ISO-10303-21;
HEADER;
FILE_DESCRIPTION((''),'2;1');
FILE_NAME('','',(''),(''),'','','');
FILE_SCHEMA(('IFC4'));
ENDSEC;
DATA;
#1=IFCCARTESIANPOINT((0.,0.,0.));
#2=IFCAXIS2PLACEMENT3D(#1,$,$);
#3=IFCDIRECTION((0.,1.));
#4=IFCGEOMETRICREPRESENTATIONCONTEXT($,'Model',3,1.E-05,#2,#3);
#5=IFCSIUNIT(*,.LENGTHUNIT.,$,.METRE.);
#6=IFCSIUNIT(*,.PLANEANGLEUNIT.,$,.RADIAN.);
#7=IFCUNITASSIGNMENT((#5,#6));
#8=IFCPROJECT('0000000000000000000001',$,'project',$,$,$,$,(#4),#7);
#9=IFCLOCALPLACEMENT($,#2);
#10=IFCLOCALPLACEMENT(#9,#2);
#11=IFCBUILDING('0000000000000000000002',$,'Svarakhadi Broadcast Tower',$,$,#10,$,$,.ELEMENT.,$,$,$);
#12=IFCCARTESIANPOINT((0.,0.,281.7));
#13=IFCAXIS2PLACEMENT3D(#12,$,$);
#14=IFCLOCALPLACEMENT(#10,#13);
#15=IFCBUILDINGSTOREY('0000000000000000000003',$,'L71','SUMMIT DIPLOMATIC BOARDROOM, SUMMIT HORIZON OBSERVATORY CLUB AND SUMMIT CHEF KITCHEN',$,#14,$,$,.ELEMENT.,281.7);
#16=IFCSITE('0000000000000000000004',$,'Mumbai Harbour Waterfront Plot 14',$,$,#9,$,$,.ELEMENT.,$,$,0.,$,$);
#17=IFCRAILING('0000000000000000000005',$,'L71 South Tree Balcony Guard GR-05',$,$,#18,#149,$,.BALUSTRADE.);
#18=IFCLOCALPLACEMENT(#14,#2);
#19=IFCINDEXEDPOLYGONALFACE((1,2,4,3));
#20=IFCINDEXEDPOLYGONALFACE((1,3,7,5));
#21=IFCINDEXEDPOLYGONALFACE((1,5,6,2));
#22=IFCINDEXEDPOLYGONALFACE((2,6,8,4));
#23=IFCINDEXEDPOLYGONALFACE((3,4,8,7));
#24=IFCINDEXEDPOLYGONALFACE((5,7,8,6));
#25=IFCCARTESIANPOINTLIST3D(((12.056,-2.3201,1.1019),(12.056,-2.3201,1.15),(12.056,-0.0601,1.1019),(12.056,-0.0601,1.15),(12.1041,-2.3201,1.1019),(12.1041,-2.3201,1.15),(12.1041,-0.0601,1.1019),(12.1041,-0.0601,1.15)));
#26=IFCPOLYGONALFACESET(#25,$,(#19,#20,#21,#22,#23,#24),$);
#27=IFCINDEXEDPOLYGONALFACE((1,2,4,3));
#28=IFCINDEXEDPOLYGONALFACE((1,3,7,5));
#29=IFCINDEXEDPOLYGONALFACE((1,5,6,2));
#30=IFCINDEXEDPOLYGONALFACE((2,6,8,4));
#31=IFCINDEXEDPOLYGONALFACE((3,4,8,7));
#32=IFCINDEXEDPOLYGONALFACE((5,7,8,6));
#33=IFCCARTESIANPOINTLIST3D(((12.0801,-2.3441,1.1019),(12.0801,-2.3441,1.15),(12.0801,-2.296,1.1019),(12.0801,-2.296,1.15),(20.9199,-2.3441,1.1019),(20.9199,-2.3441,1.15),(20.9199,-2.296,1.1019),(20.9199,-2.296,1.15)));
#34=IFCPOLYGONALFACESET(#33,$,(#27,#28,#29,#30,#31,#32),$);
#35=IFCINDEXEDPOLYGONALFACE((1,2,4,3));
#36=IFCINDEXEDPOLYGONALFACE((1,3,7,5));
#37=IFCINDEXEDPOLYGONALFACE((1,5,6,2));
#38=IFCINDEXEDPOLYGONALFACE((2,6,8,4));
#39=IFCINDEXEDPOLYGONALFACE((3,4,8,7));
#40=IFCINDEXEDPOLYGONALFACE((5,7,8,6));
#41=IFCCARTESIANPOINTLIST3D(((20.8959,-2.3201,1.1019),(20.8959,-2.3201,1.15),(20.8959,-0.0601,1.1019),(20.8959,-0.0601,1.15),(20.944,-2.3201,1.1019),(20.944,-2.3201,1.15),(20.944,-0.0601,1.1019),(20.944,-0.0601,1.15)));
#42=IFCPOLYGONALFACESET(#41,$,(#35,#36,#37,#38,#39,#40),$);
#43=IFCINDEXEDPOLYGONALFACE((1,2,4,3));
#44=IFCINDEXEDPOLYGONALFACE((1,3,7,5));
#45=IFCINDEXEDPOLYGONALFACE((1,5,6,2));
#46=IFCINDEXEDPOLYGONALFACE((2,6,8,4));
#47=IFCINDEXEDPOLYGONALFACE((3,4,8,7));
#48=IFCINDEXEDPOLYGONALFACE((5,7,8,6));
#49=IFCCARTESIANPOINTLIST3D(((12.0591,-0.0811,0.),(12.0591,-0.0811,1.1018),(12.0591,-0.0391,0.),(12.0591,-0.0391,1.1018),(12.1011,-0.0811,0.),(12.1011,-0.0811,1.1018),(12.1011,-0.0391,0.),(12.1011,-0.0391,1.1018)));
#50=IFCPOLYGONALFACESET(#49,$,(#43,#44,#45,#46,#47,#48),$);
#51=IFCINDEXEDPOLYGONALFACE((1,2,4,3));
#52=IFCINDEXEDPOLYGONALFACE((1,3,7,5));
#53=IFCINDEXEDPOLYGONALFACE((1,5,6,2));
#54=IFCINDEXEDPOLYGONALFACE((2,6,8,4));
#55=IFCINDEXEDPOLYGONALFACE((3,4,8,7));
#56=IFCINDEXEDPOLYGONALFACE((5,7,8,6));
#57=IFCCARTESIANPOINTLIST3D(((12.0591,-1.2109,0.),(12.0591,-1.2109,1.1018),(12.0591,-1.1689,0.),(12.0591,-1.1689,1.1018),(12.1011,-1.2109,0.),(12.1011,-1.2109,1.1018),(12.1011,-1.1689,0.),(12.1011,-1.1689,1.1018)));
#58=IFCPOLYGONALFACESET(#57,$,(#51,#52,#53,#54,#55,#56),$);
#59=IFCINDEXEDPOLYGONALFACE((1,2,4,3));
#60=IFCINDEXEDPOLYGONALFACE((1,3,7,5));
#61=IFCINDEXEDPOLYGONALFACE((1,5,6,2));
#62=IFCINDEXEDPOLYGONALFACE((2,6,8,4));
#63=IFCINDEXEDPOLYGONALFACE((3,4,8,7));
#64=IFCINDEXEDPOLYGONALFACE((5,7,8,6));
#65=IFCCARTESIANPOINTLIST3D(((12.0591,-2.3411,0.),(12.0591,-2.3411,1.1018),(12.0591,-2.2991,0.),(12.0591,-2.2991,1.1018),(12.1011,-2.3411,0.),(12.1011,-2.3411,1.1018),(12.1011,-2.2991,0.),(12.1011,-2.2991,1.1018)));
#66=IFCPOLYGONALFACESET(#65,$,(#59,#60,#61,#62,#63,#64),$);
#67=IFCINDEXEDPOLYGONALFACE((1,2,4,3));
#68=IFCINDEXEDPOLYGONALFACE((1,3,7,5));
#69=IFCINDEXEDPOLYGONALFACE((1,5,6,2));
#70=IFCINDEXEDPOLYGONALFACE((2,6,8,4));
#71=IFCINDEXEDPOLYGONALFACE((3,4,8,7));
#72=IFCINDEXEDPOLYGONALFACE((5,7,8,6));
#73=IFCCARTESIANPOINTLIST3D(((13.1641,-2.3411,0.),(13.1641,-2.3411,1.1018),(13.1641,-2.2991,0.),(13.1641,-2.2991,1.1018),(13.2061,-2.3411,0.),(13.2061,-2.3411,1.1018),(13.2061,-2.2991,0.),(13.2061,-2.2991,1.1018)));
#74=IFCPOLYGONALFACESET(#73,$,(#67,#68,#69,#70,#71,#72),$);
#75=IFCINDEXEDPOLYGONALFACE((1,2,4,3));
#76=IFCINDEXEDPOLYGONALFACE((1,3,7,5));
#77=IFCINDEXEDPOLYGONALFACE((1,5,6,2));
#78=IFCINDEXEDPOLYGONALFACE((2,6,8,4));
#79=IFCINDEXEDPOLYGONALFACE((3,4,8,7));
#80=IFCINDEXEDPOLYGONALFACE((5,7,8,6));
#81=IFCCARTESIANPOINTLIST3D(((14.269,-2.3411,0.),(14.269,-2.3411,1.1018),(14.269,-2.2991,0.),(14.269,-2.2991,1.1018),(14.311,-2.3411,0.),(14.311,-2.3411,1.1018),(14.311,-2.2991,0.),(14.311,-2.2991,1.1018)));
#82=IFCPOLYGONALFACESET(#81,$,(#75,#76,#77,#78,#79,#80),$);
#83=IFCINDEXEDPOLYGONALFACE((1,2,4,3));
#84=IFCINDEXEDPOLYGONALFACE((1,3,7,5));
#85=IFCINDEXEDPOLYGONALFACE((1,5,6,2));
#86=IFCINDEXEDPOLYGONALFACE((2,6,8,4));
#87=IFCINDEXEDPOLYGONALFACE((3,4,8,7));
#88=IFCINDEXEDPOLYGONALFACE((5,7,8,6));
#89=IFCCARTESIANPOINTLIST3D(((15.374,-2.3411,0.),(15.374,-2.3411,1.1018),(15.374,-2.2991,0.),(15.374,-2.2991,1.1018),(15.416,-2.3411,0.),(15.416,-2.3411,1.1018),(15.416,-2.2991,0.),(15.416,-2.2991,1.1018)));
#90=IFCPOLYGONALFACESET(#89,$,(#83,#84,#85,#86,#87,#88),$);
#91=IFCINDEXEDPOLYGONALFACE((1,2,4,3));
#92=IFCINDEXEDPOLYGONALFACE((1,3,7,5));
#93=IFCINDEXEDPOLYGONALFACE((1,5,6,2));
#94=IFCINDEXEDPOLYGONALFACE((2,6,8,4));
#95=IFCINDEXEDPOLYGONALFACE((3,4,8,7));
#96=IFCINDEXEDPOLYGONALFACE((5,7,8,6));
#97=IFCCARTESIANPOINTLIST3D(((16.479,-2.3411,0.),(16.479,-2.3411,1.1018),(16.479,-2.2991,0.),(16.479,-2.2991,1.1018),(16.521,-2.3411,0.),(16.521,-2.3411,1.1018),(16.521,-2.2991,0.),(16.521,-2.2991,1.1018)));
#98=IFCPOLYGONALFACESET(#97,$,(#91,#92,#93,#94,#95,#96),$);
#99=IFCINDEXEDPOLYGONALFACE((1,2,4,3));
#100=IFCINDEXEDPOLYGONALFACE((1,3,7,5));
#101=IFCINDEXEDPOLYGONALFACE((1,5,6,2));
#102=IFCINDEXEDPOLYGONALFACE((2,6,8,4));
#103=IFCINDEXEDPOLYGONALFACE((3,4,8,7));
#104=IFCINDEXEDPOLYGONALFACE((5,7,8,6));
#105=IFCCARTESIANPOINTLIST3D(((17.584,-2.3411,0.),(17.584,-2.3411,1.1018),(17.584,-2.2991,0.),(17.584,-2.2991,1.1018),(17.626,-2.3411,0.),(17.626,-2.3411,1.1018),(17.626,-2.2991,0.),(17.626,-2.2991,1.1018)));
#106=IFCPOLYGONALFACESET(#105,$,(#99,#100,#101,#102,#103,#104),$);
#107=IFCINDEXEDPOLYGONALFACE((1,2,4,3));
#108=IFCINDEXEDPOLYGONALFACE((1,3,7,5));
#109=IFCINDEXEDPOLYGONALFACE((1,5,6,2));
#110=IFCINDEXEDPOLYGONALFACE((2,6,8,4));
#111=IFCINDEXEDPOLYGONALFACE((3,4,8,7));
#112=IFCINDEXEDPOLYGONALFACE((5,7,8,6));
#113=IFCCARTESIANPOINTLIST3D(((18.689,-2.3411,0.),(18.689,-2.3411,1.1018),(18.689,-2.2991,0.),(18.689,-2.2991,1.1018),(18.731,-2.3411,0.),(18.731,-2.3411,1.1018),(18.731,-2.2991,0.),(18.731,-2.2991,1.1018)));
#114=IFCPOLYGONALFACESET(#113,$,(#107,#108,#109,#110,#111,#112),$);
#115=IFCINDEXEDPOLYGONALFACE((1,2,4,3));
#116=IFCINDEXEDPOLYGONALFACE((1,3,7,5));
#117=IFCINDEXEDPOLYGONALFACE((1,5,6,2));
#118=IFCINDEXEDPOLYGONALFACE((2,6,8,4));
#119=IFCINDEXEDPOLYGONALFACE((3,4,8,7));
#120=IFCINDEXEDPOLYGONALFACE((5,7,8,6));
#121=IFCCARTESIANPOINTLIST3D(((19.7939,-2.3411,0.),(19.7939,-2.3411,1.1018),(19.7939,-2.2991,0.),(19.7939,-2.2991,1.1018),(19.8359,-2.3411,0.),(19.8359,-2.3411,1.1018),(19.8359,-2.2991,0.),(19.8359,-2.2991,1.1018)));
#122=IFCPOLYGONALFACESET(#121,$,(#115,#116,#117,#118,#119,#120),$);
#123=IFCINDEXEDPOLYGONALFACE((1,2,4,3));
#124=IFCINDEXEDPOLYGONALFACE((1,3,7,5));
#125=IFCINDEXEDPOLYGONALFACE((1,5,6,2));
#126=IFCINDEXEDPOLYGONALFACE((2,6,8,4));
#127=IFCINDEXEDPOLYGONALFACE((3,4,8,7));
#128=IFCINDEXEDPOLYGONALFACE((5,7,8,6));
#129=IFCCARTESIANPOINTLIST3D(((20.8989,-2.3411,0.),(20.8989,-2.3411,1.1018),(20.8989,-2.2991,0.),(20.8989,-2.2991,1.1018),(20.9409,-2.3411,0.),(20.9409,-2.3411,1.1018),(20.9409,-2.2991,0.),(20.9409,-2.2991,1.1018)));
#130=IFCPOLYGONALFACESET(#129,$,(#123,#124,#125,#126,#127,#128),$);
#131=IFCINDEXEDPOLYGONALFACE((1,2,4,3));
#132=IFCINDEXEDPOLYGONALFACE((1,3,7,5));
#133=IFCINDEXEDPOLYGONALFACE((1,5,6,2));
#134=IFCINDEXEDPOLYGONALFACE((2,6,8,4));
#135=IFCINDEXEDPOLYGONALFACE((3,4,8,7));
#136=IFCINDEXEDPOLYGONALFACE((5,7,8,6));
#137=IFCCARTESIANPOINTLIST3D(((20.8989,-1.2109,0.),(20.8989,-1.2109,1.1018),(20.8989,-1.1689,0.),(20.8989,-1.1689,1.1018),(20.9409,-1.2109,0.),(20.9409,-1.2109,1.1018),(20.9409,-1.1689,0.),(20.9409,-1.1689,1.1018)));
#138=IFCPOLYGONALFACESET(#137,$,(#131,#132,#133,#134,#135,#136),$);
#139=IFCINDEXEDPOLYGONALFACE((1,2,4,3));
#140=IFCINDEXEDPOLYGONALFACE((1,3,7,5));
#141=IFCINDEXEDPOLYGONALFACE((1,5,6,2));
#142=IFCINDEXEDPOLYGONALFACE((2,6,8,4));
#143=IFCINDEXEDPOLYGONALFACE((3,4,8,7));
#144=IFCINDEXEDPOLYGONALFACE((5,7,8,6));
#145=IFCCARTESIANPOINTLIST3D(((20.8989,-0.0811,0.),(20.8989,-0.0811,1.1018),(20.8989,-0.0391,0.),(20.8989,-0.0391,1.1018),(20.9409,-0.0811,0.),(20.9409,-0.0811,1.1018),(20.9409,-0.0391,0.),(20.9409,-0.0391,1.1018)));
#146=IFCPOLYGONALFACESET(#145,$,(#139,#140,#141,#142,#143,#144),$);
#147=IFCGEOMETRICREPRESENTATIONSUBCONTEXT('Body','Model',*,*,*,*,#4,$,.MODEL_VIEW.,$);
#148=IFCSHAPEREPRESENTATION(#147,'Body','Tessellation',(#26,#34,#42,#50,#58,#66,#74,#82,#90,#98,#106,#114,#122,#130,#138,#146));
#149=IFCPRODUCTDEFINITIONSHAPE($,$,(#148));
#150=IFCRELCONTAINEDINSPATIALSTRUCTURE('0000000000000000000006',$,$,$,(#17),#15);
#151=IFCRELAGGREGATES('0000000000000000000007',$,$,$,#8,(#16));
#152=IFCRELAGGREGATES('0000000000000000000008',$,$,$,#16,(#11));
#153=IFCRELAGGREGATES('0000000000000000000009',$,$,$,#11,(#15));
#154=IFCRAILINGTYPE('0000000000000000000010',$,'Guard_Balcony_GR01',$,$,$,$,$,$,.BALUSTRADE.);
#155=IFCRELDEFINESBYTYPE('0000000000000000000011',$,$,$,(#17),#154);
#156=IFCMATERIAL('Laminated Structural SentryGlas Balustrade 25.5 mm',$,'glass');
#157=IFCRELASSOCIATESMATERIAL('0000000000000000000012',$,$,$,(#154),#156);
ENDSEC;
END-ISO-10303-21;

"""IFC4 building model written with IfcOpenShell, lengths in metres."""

from ifc_helpers import new_model, si_unit, direction, frame, origin, origin_2d, place, context, subcontext, project, spatial, rectangle, extrude, material, type_object, element, save


model = new_model("IFC4")

# Units and contexts
model_context = context("Model", 3, precision=1e-05, world=origin(), true_north=direction((0.0, 1.0)))
body_context = subcontext(model_context, "Body", "Model", "MODEL_VIEW")
ifc_project = project(units=[si_unit("LENGTHUNIT", "METRE"), si_unit("PLANEANGLEUNIT", "RADIAN")], contexts=[model_context])

# Site, building, storey
site_placement = place(None, origin())
site = spatial("IfcSite", under=ifc_project, at=site_placement, Name="Mumbai Harbour Waterfront Plot 14", CompositionType="ELEMENT", RefElevation=0.0)
building_placement = place(site_placement, origin())
building = spatial("IfcBuilding", under=site, at=building_placement, Name="Svarakhadi Broadcast Tower", CompositionType="ELEMENT")
storey_placement = place(building_placement, frame((0.0, 0.0, 281.7)))
storey = spatial("IfcBuildingStorey", under=building, at=storey_placement, Name="L71", Description="SUMMIT DIPLOMATIC BOARDROOM, SUMMIT HORIZON OBSERVATORY CLUB AND SUMMIT CHEF KITCHEN", CompositionType="ELEMENT", Elevation=281.7)

# Railing
ifc_material_1 = material(Name="Laminated Structural SentryGlas Balustrade 25.5 mm", Category="glass")
railing_type = type_object("IfcRailingType", Name="Guard_Balcony_GR01", PredefinedType="BALUSTRADE", material=ifc_material_1)
railing_placement = place(storey_placement, frame((12.0801, -0.0601, 0.0)))
element("IfcRailing", 1, at=railing_placement, inside=storey, type_object=railing_type, Name="L71 South Tree Balcony Guard GR-05", PredefinedType="BALUSTRADE", context=body_context, shape_type="SweptSolid", body=[
    extrude(rectangle(XDim=0.0481, YDim=0.0481, at=origin_2d()), frame((0.0, 0.0, 1.126), z_axis=(0.0, -1.0, 0.0), x_axis=(1.0, 0.0, 0.0)), (0.0, 0.0, 1.0), 2.26),
    extrude(rectangle(XDim=0.0481, YDim=0.0481, at=origin_2d()), frame((0.0, -2.26, 1.126), z_axis=(1.0, 0.0, 0.0), x_axis=(0.0, 1.0, 0.0)), (0.0, 0.0, 1.0), 8.8398),
    extrude(rectangle(XDim=0.0481, YDim=0.0481, at=origin_2d()), frame((8.8398, -2.26, 1.126), z_axis=(0.0, 1.0, 0.0), x_axis=(-1.0, 0.0, 0.0)), (0.0, 0.0, 1.0), 2.26),
    extrude(rectangle(XDim=0.042, YDim=0.042, at=origin_2d()), origin(), (0.0, 0.0, 1.0), 1.1018),
    extrude(rectangle(XDim=0.042, YDim=0.042, at=origin_2d()), frame((0.0, -1.1299, 0.0)), (0.0, 0.0, 1.0), 1.1018),
    extrude(rectangle(XDim=0.042, YDim=0.042, at=origin_2d()), frame((0.0, -2.26, 0.0)), (0.0, 0.0, 1.0), 1.1018),
    extrude(rectangle(XDim=0.042, YDim=0.042, at=origin_2d()), frame((1.105, -2.26, 0.0)), (0.0, 0.0, 1.0), 1.1018),
    extrude(rectangle(XDim=0.042, YDim=0.042, at=origin_2d()), frame((2.21, -2.26, 0.0)), (0.0, 0.0, 1.0), 1.1018),
    extrude(rectangle(XDim=0.042, YDim=0.042, at=origin_2d()), frame((3.3149, -2.26, 0.0)), (0.0, 0.0, 1.0), 1.1018),
    extrude(rectangle(XDim=0.042, YDim=0.042, at=origin_2d()), frame((4.4199, -2.26, 0.0)), (0.0, 0.0, 1.0), 1.1018),
    extrude(rectangle(XDim=0.042, YDim=0.042, at=origin_2d()), frame((5.5249, -2.26, 0.0)), (0.0, 0.0, 1.0), 1.1018),
    extrude(rectangle(XDim=0.042, YDim=0.042, at=origin_2d()), frame((6.6299, -2.26, 0.0)), (0.0, 0.0, 1.0), 1.1018),
    extrude(rectangle(XDim=0.042, YDim=0.042, at=origin_2d()), frame((7.7349, -2.26, 0.0)), (0.0, 0.0, 1.0), 1.1018),
    extrude(rectangle(XDim=0.042, YDim=0.042, at=origin_2d()), frame((8.8398, -2.26, 0.0)), (0.0, 0.0, 1.0), 1.1018),
    extrude(rectangle(XDim=0.042, YDim=0.042, at=origin_2d()), frame((8.8398, -1.1299, 0.0)), (0.0, 0.0, 1.0), 1.1018),
    extrude(rectangle(XDim=0.042, YDim=0.042, at=origin_2d()), frame((8.8398, 0.0, 0.0)), (0.0, 0.0, 1.0), 1.1018),
])

save(model, "model.ifc")
